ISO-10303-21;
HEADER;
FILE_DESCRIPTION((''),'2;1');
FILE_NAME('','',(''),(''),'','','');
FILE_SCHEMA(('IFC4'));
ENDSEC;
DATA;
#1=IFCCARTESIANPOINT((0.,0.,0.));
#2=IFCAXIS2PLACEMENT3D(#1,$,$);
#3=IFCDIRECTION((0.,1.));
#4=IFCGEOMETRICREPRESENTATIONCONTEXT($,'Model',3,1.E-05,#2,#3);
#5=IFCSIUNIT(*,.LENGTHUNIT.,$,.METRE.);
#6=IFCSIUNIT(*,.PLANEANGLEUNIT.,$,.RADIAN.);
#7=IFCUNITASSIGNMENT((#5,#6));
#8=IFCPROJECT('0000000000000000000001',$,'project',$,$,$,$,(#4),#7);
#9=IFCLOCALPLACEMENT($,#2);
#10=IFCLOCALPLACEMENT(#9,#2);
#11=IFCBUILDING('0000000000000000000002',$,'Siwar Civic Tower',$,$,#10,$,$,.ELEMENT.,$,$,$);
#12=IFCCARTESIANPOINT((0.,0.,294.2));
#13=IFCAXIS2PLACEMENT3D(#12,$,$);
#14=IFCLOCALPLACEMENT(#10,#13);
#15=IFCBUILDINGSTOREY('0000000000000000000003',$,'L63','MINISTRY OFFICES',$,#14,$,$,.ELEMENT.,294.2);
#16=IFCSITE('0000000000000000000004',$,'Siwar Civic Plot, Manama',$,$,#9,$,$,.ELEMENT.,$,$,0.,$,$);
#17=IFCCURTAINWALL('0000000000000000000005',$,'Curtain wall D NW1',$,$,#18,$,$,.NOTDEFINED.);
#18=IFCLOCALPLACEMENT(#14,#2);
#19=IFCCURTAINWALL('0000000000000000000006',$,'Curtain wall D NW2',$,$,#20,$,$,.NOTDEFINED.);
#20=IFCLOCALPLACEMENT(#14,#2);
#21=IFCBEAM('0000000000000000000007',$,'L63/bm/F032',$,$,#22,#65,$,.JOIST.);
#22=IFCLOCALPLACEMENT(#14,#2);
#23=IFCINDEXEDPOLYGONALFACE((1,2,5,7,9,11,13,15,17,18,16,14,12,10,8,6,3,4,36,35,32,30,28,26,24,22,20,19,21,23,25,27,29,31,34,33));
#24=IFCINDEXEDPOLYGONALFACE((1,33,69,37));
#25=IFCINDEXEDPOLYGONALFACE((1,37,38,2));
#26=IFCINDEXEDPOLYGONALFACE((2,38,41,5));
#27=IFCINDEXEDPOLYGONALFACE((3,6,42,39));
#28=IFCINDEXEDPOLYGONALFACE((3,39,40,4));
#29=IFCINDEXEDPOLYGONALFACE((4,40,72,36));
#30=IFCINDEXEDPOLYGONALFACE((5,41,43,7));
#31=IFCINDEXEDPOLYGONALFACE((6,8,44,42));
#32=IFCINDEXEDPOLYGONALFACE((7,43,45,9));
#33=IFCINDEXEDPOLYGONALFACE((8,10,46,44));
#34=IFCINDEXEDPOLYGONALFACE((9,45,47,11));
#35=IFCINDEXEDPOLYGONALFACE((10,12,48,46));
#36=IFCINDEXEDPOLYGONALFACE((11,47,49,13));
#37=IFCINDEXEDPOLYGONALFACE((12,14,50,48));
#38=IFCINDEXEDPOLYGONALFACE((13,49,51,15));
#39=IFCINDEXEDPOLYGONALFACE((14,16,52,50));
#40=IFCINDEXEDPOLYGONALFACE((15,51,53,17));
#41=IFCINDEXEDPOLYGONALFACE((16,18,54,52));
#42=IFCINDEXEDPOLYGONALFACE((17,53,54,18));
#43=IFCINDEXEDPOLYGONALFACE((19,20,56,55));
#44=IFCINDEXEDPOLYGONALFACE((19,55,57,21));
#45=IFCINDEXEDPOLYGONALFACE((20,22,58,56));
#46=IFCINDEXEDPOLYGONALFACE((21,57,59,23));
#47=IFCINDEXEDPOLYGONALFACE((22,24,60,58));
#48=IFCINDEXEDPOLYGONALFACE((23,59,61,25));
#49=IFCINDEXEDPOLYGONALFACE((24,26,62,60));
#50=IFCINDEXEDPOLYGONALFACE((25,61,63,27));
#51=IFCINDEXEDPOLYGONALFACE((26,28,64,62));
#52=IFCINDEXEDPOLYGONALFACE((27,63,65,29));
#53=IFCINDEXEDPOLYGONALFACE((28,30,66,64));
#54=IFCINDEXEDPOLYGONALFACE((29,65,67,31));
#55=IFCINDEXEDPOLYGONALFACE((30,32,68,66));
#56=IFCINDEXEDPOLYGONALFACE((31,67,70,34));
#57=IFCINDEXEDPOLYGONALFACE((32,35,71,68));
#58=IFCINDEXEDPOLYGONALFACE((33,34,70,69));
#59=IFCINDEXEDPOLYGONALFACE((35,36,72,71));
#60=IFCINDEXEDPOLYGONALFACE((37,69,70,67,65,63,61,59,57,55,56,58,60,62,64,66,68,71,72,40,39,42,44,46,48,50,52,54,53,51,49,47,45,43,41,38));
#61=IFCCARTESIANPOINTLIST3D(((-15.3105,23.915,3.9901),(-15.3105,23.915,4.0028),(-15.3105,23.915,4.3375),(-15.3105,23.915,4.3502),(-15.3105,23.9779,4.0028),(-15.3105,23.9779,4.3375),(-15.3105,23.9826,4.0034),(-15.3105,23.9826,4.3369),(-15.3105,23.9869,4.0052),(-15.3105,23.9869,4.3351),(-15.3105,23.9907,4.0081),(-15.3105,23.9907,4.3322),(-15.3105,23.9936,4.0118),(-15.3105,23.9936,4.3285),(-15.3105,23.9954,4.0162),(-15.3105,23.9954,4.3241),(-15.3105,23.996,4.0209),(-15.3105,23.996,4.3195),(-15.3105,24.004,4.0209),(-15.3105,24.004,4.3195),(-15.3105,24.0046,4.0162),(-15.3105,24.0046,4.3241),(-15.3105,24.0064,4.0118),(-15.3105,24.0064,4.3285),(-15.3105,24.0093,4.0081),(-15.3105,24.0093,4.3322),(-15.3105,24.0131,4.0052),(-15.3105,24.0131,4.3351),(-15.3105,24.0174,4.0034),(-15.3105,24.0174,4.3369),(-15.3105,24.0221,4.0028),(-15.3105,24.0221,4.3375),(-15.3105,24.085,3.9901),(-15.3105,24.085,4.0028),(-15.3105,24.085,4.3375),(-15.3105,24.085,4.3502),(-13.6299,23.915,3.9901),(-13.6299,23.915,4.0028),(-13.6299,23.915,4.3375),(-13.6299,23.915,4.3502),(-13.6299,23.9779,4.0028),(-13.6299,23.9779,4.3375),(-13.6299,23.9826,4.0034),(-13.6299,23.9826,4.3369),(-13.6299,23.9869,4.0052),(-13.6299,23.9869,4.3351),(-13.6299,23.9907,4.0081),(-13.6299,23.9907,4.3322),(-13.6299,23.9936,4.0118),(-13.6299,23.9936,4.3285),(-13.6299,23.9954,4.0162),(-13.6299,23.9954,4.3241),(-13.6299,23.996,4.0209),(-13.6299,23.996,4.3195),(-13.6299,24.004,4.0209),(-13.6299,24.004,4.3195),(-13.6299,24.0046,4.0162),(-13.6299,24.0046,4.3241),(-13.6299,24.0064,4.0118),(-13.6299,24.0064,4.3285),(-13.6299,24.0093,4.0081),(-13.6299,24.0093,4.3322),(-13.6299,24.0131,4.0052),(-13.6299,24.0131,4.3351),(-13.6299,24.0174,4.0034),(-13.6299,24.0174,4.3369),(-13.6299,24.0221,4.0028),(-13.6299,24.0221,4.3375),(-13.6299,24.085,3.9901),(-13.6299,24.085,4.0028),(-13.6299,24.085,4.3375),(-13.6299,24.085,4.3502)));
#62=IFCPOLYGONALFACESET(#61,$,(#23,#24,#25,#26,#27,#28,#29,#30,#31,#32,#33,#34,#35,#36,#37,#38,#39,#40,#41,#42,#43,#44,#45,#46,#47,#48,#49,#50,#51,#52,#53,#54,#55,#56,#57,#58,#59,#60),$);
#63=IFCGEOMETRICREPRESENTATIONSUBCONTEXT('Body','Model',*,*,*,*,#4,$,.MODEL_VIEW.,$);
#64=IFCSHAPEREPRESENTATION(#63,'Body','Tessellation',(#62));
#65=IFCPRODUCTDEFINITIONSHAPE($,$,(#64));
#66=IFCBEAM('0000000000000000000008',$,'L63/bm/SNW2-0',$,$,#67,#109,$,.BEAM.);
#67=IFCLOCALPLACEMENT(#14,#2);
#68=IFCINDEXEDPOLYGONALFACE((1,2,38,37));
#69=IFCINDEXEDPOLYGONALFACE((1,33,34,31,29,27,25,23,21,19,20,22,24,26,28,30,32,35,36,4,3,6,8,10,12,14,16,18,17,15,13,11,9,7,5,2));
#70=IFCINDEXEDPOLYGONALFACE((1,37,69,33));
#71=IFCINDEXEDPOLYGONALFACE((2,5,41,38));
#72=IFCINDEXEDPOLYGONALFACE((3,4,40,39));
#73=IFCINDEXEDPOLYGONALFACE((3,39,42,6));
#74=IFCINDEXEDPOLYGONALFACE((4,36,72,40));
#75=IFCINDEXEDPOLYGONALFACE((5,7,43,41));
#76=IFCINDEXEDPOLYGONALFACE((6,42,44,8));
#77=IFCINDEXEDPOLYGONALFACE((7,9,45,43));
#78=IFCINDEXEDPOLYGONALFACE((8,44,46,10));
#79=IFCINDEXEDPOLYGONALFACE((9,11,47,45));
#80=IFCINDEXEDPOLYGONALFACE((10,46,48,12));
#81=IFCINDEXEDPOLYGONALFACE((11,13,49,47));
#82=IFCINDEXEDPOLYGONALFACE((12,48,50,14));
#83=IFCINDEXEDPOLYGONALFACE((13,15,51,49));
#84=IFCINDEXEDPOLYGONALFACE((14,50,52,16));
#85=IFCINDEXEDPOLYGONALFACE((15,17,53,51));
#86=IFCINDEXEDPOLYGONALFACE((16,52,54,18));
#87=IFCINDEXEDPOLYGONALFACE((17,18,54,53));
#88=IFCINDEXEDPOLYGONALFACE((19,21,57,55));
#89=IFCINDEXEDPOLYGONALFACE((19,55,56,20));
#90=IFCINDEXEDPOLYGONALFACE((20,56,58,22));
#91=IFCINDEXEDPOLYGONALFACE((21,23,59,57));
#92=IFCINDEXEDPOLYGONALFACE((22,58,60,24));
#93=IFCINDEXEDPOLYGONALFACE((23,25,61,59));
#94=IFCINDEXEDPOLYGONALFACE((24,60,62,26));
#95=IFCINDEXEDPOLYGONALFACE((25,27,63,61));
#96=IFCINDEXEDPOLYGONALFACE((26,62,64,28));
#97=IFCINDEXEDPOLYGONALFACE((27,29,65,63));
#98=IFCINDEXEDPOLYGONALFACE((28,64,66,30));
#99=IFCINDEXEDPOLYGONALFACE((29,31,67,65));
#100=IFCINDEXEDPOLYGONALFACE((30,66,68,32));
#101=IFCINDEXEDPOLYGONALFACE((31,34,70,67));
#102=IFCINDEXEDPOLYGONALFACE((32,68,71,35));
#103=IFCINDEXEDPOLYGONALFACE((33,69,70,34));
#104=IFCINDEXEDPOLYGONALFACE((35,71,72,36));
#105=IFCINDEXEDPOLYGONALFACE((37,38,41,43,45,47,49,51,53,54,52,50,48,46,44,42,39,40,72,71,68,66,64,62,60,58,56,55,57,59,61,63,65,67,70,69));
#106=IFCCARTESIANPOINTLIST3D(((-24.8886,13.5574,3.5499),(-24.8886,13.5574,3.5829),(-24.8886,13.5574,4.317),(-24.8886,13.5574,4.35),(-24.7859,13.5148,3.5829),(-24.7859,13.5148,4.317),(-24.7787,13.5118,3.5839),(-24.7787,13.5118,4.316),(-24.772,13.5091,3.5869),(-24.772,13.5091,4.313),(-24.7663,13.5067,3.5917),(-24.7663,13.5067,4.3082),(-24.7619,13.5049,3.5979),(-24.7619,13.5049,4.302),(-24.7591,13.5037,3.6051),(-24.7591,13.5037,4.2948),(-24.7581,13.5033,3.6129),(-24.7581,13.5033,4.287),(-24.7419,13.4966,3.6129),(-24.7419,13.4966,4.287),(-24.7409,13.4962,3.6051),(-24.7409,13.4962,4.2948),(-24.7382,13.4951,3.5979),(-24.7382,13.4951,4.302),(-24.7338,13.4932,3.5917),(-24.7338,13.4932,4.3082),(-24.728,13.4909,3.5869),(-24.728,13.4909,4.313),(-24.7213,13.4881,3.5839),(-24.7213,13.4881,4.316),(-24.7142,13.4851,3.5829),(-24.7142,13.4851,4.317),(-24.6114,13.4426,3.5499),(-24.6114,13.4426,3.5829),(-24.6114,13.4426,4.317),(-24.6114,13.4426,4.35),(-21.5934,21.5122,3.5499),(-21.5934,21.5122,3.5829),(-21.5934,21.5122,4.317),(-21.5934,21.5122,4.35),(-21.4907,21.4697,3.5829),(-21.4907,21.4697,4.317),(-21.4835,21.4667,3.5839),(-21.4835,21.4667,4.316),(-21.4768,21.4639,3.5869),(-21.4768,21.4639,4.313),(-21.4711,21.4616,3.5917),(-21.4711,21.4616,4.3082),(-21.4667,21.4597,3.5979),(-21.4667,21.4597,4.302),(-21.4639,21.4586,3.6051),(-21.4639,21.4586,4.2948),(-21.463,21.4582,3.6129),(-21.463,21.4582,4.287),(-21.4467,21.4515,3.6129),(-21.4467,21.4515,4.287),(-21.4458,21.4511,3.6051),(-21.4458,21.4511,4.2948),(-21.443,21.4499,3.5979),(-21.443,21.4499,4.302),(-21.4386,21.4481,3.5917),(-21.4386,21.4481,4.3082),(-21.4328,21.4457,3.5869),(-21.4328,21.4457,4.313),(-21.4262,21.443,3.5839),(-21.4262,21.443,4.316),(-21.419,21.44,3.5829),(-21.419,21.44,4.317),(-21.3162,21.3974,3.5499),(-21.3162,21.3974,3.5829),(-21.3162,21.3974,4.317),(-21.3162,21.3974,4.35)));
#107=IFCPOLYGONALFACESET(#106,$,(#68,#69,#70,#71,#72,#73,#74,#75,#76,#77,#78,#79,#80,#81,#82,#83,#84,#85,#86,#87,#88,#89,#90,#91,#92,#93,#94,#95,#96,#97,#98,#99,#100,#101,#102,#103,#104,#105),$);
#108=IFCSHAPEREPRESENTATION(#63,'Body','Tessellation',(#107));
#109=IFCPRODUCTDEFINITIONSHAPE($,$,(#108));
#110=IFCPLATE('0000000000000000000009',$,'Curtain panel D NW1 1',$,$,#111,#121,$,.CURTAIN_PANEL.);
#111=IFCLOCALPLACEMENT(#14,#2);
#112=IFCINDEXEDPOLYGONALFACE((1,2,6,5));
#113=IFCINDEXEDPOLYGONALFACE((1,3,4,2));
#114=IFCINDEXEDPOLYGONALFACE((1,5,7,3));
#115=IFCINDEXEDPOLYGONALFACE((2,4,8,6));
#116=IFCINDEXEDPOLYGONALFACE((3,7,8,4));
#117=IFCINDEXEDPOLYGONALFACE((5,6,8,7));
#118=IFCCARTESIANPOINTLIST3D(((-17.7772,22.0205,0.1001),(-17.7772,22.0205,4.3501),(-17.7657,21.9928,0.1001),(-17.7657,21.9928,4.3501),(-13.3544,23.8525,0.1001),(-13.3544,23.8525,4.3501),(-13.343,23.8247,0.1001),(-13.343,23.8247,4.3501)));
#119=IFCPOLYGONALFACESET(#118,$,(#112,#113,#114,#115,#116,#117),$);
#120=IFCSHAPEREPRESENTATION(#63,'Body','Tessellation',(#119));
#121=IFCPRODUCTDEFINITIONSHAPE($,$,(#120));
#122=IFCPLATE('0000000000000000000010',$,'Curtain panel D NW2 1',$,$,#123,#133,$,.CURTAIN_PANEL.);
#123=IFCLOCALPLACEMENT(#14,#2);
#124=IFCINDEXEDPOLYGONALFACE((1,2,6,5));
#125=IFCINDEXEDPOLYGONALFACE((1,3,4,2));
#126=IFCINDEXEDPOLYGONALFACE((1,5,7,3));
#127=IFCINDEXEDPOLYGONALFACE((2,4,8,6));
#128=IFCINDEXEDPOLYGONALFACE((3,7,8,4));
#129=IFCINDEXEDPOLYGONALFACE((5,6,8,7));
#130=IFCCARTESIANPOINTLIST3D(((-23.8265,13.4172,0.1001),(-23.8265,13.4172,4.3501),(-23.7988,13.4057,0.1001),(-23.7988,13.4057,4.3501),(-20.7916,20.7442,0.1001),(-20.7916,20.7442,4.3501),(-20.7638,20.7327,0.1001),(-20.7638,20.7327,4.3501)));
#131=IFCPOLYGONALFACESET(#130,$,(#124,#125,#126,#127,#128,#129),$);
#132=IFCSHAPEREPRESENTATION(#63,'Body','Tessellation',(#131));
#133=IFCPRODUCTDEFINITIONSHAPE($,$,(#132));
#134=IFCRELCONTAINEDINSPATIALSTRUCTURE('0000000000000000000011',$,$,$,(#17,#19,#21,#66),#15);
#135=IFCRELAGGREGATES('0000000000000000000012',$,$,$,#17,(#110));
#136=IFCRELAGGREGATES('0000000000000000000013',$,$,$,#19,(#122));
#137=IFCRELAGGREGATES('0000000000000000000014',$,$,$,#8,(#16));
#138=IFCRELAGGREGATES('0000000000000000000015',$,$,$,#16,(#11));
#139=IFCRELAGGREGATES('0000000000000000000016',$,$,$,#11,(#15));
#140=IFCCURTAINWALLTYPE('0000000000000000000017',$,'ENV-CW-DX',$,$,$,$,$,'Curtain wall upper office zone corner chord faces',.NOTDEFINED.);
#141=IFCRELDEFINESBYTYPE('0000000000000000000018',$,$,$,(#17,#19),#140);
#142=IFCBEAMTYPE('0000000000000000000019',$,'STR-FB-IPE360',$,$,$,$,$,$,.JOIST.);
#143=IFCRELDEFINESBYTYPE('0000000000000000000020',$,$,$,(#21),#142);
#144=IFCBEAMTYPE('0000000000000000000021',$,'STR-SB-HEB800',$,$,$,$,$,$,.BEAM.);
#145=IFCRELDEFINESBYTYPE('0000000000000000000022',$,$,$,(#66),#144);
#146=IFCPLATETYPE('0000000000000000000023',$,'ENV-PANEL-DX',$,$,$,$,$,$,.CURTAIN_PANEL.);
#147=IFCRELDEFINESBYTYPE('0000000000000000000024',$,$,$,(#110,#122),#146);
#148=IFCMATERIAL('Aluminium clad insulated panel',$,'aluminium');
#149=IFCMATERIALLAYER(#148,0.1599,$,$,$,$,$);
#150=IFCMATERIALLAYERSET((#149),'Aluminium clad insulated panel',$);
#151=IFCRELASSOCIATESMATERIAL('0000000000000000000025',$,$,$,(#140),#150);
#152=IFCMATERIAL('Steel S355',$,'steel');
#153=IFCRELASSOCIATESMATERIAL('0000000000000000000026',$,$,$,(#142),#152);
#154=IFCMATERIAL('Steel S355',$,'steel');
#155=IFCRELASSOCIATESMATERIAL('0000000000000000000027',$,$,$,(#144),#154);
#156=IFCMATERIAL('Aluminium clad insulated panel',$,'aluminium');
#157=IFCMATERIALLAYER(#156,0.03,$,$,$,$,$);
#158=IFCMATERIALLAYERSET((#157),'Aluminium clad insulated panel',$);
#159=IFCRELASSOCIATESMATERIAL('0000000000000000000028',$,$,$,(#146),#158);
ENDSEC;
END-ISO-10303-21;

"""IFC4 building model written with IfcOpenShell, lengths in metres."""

from ifc_helpers import new_model, si_unit, direction, frame, origin, origin_2d, place, context, subcontext, project, spatial, rectangle, i_section, extrude, material, layer, layer_set, material_profile, profile_set, type_object, element, aggregate, save


model = new_model("IFC4")

# Units and contexts
model_context = context("Model", 3, precision=1e-05, world=origin(), true_north=direction((0.0, 1.0)))
body_context = subcontext(model_context, "Body", "Model", "MODEL_VIEW")
ifc_project = project(units=[si_unit("LENGTHUNIT", "METRE"), si_unit("PLANEANGLEUNIT", "RADIAN")], contexts=[model_context])

# Site, building, storey
site_placement = place(None, origin())
site = spatial("IfcSite", under=ifc_project, at=site_placement, Name="Siwar Civic Plot, Manama", CompositionType="ELEMENT", RefElevation=0.0)
building_placement = place(site_placement, origin())
building = spatial("IfcBuilding", under=site, at=building_placement, Name="Siwar Civic Tower", CompositionType="ELEMENT")
storey_placement = place(building_placement, frame((0.0, 0.0, 294.2)))
storey = spatial("IfcBuildingStorey", under=building, at=storey_placement, Name="L63", Description="MINISTRY OFFICES", CompositionType="ELEMENT", Elevation=294.2)

# Curtain wall
ifc_material_1 = material(Name="Aluminium clad insulated panel", Category="aluminium")
ifc_layer_1 = layer(ifc_material_1, 0.1599)
ifc_layer_set_1 = layer_set([ifc_layer_1], Name="Aluminium clad insulated panel")
curtain_wall_type = type_object("IfcCurtainWallType", Name="ENV-CW-DX", ElementType="Curtain wall upper office zone corner chord faces", PredefinedType="NOTDEFINED", material=ifc_layer_set_1)
curtain_wall_1_placement = place(storey_placement, origin())
curtain_wall_1 = element("IfcCurtainWall", 1, at=curtain_wall_1_placement, inside=storey, type_object=curtain_wall_type, Name="Curtain wall D NW1", PredefinedType="NOTDEFINED")

# Curtain wall
curtain_wall_2_placement = place(storey_placement, origin())
curtain_wall_2 = element("IfcCurtainWall", 2, at=curtain_wall_2_placement, inside=storey, type_object=curtain_wall_type, Name="Curtain wall D NW2", PredefinedType="NOTDEFINED")

# Beams
ifc_material_2 = material(Name="Steel S355", Category="steel")
ifc_material_profile_1 = material_profile(ifc_material_2, i_section(OverallWidth=0.1699, OverallDepth=0.3601, WebThickness=0.0081, FlangeThickness=0.0127, FilletRadius=0.0181, at=origin_2d()), Name="IPE360")
ifc_profile_set_1 = profile_set([ifc_material_profile_1], Name="Steel S355")
beam_type_1 = type_object("IfcBeamType", Name="STR-FB-IPE360", PredefinedType="JOIST", material=ifc_profile_set_1)
beam_1_placement = place(storey_placement, frame((-15.3105, 24.0, 4.1702), z_axis=(1.0, 0.0, 0.0), x_axis=(0.0, 1.0, 0.0)))
element("IfcBeam", 3, at=beam_1_placement, inside=storey, type_object=beam_type_1, Name="L63/bm/F032", PredefinedType="JOIST", context=body_context, shape_type="SweptSolid", body=[
    extrude(i_section(OverallWidth=0.1699, OverallDepth=0.3601, WebThickness=0.0081, FlangeThickness=0.0127, FilletRadius=0.0181, at=origin_2d()), origin(), (0.0, 0.0, 1.0), 1.6807),
])
ifc_material_3 = material(Name="Steel S355", Category="steel")
ifc_material_profile_2 = material_profile(ifc_material_3, i_section(OverallWidth=0.3, OverallDepth=0.8, WebThickness=0.0176, FlangeThickness=0.033, FilletRadius=0.03, at=origin_2d()), Name="HEB800")
ifc_profile_set_2 = profile_set([ifc_material_profile_2], Name="Steel S355")
beam_type_2 = type_object("IfcBeamType", Name="STR-SB-HEB800", PredefinedType="BEAM", material=ifc_profile_set_2)
beam_2_placement = place(storey_placement, frame((-21.4548, 21.4548, 3.95), z_axis=(-0.3827, -0.923873, 0.0), x_axis=(0.923873, -0.3827, 0.0)))
element("IfcBeam", 4, at=beam_2_placement, inside=storey, type_object=beam_type_2, Name="L63/bm/SNW2-0", PredefinedType="BEAM", context=body_context, shape_type="SweptSolid", body=[
    extrude(i_section(OverallWidth=0.3, OverallDepth=0.8, WebThickness=0.0176, FlangeThickness=0.033, FilletRadius=0.03, at=origin_2d()), origin(), (0.0, 0.0, 1.0), 8.6104),
])

# Plates
ifc_material_4 = material(Name="Aluminium clad insulated panel", Category="aluminium")
ifc_layer_2 = layer(ifc_material_4, 0.03)
ifc_layer_set_2 = layer_set([ifc_layer_2], Name="Aluminium clad insulated panel")
plate_type = type_object("IfcPlateType", Name="ENV-PANEL-DX", PredefinedType="CURTAIN_PANEL", material=ifc_layer_set_2)
plate_1_placement = place(storey_placement, frame((-15.5601, 22.9226, 0.1001), z_axis=(0.0, 0.0, 1.0), x_axis=(-0.92388, -0.382683, 0.0)))
plate_1 = element("IfcPlate", 5, at=plate_1_placement, type_object=plate_type, Name="Curtain panel D NW1 1", PredefinedType="CURTAIN_PANEL", context=body_context, shape_type="SweptSolid", body=[
    extrude(rectangle(XDim=4.7871, YDim=0.03, at=origin_2d()), origin(), (0.0, 0.0, 1.0), 4.25),
])
aggregate(curtain_wall_1, [plate_1])
plate_2_placement = place(storey_placement, frame((-22.2952, 17.075, 0.1001), z_axis=(0.0, 0.0, 1.0), x_axis=(-0.382683, -0.92388, 0.0)))
plate_2 = element("IfcPlate", 6, at=plate_2_placement, type_object=plate_type, Name="Curtain panel D NW2 1", PredefinedType="CURTAIN_PANEL", context=body_context, shape_type="SweptSolid", body=[
    extrude(rectangle(XDim=7.9307, YDim=0.03, at=origin_2d()), origin(), (0.0, 0.0, 1.0), 4.25),
])
aggregate(curtain_wall_2, [plate_2])

save(model, "model.ifc")
